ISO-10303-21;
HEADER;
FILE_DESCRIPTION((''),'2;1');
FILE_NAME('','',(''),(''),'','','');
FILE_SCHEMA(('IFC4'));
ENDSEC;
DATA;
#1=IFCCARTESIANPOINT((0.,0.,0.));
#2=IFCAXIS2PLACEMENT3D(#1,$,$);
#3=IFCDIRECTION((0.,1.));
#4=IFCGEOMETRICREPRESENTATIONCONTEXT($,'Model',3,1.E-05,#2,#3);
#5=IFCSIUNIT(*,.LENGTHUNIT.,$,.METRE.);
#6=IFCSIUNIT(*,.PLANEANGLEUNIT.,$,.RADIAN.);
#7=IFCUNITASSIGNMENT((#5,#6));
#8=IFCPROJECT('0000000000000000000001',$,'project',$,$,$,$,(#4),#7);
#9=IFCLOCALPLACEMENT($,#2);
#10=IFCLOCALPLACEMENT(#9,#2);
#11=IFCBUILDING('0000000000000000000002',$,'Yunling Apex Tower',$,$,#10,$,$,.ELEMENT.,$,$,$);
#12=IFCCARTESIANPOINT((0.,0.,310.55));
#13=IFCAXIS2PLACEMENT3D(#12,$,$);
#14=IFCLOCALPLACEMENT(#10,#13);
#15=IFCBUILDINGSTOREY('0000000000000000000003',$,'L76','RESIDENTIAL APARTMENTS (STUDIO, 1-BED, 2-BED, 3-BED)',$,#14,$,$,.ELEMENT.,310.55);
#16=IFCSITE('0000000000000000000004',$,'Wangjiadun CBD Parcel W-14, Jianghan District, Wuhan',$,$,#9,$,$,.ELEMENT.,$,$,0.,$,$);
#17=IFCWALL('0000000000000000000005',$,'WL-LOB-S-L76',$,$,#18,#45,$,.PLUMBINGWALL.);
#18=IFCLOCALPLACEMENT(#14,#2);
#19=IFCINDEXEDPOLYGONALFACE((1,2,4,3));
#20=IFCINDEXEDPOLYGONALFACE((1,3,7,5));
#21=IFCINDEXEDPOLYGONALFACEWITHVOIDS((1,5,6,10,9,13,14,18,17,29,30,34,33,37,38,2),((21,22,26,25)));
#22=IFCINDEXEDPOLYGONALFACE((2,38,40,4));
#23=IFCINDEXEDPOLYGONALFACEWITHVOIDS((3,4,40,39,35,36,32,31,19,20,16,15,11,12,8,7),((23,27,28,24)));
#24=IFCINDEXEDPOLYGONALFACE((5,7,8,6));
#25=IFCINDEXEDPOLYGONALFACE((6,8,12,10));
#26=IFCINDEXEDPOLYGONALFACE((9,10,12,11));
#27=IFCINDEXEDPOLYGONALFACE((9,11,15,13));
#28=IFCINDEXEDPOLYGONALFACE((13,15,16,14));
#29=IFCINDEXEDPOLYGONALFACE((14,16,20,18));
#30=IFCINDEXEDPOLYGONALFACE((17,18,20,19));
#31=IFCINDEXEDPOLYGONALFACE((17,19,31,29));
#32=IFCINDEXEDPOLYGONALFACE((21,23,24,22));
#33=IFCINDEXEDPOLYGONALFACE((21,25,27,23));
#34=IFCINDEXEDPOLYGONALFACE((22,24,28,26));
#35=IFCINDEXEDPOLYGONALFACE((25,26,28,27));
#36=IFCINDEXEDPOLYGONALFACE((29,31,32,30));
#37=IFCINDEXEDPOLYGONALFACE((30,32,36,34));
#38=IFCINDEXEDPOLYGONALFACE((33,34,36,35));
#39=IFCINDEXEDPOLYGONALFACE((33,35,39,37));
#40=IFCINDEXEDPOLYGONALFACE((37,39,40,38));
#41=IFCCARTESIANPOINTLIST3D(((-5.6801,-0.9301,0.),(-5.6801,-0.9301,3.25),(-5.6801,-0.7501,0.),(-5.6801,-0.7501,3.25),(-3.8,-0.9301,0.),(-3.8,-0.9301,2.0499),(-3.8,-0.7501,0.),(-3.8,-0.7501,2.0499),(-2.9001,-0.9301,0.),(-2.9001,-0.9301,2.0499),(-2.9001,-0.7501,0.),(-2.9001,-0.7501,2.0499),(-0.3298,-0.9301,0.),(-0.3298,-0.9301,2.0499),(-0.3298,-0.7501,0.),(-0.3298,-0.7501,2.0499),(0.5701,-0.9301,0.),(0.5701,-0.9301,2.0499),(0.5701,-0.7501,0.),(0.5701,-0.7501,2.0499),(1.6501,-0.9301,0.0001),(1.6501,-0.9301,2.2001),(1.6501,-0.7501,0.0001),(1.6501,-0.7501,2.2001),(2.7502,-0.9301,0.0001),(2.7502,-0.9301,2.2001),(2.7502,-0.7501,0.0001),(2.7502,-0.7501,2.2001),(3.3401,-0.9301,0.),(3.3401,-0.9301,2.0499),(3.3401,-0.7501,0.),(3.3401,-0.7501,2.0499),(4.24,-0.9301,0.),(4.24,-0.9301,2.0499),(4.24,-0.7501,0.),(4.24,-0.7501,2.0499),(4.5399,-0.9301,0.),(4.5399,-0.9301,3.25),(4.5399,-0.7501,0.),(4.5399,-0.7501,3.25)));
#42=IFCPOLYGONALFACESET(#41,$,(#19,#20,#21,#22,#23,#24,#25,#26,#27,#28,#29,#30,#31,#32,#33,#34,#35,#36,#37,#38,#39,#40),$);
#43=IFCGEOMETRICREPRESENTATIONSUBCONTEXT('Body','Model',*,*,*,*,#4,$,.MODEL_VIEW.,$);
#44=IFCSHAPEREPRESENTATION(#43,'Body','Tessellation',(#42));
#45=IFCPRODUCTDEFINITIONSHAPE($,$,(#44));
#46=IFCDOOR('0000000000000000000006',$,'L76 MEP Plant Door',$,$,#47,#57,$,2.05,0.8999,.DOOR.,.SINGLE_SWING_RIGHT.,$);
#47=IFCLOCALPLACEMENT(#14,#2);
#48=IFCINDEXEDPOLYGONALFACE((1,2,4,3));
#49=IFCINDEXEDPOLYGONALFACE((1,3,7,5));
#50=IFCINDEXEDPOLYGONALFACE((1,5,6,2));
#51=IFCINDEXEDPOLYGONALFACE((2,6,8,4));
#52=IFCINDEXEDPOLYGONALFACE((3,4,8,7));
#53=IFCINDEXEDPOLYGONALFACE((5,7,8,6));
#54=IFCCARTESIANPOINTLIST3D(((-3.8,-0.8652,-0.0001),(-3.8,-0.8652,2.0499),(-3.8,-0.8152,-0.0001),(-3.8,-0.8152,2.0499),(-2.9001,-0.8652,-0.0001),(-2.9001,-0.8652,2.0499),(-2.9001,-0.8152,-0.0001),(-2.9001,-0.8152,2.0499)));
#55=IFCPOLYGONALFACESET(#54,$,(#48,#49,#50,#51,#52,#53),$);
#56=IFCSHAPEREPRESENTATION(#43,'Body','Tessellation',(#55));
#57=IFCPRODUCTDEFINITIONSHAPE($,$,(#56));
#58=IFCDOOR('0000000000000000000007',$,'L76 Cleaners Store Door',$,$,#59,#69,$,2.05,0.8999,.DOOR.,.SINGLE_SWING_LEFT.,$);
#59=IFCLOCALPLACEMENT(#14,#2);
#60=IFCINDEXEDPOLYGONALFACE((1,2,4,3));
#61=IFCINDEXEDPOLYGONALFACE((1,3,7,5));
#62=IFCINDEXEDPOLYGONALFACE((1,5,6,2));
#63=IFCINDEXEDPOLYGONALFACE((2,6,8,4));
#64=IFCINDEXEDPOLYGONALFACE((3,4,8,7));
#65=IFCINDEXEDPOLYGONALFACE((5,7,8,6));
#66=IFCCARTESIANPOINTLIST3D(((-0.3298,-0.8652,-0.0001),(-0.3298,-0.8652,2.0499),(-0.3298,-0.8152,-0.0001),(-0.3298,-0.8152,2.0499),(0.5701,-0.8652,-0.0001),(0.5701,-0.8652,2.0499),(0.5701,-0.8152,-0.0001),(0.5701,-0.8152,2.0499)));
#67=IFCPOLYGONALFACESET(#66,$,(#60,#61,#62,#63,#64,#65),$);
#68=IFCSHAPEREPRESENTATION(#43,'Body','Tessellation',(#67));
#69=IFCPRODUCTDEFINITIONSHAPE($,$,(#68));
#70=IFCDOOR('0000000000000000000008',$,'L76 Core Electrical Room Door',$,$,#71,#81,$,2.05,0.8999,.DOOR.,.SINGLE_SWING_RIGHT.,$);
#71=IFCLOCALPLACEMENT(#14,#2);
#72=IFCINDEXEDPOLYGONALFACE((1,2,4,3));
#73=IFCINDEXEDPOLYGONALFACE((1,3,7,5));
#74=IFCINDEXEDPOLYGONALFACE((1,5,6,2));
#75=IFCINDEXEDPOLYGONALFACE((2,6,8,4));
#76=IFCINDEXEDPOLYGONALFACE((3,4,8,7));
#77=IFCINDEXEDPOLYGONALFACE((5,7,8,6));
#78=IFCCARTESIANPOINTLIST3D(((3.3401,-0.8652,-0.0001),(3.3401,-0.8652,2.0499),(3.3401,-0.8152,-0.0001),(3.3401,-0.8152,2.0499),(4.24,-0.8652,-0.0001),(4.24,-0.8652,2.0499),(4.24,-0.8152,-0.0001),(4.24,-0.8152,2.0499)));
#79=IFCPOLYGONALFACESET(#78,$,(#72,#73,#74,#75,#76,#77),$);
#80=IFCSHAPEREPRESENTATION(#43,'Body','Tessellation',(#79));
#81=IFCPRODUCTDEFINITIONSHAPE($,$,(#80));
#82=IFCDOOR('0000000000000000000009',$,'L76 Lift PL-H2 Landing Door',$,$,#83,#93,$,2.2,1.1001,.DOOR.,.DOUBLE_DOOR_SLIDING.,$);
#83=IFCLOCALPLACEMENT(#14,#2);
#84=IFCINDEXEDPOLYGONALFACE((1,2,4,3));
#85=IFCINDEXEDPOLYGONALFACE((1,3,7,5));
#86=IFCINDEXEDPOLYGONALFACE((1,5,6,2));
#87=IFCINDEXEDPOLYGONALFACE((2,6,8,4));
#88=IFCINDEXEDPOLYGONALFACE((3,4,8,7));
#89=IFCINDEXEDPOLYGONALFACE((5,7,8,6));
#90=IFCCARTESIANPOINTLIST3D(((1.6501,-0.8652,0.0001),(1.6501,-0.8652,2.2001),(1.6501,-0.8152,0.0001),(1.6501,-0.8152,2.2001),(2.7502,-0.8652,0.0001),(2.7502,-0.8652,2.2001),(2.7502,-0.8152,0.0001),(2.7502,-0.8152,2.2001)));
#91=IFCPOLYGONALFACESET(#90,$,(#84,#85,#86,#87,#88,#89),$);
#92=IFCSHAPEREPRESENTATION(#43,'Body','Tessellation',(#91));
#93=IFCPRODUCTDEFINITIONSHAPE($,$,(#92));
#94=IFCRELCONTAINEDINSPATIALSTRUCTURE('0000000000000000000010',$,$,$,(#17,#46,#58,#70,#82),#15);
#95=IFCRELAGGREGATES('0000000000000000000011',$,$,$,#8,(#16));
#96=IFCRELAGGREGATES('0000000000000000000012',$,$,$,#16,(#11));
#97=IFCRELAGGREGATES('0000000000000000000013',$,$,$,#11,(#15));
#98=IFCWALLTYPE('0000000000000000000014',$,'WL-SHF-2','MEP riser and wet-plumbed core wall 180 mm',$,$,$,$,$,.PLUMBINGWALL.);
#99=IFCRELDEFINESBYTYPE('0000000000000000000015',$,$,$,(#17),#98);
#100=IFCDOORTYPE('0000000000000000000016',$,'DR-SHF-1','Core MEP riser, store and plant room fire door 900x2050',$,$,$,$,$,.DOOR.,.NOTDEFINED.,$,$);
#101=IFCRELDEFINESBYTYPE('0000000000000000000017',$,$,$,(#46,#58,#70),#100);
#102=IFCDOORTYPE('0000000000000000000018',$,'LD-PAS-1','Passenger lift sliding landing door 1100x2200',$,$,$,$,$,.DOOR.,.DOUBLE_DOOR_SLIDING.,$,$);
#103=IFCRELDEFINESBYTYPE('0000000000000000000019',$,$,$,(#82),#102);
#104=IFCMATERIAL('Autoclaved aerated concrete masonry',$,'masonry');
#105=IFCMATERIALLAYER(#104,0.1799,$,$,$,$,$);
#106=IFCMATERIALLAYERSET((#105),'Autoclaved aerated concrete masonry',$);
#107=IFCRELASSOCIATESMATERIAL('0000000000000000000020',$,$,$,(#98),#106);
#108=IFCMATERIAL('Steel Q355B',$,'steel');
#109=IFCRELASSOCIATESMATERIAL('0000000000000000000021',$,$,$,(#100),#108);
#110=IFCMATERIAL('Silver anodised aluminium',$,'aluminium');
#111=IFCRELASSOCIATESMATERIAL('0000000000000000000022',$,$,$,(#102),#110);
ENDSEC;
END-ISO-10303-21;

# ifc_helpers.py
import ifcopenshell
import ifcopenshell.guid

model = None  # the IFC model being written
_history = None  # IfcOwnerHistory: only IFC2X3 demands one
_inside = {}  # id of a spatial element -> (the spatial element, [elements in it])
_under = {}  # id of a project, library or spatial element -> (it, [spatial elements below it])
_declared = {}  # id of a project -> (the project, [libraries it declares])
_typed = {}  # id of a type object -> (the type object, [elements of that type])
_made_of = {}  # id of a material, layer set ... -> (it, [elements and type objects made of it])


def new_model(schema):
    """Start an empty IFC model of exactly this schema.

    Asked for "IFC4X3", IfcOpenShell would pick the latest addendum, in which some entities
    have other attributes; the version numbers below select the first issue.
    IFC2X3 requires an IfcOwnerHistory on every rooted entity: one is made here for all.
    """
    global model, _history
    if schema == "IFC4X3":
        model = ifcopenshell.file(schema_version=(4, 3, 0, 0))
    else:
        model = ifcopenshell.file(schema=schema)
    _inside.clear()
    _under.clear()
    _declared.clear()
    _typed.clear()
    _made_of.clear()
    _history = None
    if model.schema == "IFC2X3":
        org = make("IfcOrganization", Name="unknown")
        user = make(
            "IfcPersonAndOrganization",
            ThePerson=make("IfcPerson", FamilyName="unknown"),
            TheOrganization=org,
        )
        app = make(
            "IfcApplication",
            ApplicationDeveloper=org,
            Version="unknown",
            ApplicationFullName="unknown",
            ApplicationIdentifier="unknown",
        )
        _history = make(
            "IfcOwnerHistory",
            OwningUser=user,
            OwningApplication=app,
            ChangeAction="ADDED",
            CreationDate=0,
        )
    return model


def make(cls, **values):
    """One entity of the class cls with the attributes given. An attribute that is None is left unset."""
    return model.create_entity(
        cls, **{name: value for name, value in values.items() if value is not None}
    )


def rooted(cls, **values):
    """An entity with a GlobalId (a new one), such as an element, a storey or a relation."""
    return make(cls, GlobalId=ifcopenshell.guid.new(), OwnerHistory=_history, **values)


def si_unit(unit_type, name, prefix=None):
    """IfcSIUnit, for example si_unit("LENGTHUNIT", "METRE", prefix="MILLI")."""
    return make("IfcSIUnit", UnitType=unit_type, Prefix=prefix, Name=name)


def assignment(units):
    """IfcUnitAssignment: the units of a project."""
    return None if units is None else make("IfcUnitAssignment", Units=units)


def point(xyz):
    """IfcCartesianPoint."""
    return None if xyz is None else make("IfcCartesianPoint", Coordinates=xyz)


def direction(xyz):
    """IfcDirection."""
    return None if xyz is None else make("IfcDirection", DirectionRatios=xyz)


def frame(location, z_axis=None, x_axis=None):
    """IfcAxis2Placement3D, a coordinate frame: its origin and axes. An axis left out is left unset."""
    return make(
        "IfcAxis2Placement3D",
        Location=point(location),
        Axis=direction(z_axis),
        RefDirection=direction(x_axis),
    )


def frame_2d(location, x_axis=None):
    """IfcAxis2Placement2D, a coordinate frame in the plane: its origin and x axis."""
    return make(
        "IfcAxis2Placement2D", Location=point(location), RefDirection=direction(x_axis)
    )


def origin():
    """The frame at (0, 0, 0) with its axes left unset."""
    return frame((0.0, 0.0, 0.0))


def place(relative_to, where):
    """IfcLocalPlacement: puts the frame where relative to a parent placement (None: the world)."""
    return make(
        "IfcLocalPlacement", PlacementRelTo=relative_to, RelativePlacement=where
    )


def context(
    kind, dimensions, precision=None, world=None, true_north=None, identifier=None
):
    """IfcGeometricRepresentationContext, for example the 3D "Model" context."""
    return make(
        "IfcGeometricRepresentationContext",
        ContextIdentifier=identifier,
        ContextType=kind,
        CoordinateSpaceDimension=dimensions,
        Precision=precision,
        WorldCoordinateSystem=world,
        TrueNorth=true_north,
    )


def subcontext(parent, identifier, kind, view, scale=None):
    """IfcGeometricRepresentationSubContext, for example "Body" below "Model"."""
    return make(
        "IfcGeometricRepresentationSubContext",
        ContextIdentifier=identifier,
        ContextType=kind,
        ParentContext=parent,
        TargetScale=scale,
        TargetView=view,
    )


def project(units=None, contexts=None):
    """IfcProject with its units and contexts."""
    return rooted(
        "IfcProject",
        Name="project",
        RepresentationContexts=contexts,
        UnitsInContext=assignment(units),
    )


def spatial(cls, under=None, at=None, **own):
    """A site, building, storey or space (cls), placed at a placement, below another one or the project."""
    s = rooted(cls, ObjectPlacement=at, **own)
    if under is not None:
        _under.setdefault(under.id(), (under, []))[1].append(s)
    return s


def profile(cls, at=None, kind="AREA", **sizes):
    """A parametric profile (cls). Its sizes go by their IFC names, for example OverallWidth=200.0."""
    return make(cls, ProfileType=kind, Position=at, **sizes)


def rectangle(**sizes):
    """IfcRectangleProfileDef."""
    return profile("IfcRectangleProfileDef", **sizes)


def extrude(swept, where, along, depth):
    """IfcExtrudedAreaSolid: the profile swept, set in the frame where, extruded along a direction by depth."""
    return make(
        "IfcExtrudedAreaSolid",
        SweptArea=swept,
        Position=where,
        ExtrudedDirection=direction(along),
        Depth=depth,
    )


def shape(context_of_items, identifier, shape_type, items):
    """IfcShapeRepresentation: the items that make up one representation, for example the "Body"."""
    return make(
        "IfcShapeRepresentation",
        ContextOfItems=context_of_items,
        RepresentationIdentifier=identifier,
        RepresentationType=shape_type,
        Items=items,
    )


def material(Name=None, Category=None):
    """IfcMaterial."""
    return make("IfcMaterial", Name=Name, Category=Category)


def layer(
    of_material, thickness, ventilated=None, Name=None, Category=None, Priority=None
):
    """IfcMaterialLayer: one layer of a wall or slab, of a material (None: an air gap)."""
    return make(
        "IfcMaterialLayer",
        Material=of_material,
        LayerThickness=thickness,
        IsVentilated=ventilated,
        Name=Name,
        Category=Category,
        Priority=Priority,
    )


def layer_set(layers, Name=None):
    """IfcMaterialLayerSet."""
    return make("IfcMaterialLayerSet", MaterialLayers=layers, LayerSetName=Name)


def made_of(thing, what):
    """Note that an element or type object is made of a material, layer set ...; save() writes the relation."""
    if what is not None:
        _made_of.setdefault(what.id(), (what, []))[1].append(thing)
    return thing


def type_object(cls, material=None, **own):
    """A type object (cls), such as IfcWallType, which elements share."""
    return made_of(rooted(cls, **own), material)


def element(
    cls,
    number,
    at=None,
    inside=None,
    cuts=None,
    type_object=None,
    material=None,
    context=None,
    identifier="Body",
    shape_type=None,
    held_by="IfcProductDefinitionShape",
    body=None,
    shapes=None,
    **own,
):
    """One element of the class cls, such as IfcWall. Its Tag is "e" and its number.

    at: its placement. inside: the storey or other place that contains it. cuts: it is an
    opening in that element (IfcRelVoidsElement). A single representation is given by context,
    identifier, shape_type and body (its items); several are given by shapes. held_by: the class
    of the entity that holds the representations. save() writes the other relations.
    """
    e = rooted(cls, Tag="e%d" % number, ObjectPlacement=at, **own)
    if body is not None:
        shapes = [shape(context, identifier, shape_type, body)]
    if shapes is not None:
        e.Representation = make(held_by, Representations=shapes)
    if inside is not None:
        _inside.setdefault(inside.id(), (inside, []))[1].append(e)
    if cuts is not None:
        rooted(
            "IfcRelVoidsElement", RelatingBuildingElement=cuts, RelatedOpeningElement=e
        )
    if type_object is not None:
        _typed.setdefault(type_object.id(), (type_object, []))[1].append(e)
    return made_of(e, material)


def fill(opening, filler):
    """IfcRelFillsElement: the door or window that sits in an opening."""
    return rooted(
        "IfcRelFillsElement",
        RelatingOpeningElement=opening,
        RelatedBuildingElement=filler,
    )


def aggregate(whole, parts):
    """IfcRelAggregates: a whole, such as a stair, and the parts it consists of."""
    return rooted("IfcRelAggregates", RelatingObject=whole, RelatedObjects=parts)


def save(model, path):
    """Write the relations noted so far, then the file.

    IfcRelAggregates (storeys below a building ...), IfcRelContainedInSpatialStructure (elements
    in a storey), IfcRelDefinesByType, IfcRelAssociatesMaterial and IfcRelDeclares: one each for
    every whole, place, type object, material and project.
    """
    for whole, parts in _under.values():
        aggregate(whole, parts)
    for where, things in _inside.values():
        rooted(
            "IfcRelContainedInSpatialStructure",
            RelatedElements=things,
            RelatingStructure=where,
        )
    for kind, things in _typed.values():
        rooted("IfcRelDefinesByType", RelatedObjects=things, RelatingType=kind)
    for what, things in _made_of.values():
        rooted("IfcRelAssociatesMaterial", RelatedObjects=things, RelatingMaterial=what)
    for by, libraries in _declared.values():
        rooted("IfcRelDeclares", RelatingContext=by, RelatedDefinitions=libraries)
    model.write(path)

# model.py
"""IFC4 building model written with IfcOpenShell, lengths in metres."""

from ifc_helpers import new_model, si_unit, direction, frame, frame_2d, origin, place, context, subcontext, project, spatial, rectangle, extrude, material, layer, layer_set, type_object, element, fill, save


model = new_model("IFC4")

# Units and contexts
model_context = context("Model", 3, precision=1e-05, world=origin(), true_north=direction((0.0, 1.0)))
body_context = subcontext(model_context, "Body", "Model", "MODEL_VIEW")
ifc_project = project(units=[si_unit("LENGTHUNIT", "METRE"), si_unit("PLANEANGLEUNIT", "RADIAN")], contexts=[model_context])

# Site, building, storey
site_placement = place(None, origin())
site = spatial("IfcSite", under=ifc_project, at=site_placement, Name="Wangjiadun CBD Parcel W-14, Jianghan District, Wuhan", CompositionType="ELEMENT", RefElevation=0.0)
building_placement = place(site_placement, origin())
building = spatial("IfcBuilding", under=site, at=building_placement, Name="Yunling Apex Tower", CompositionType="ELEMENT")
storey_placement = place(building_placement, frame((0.0, 0.0, 310.55)))
storey = spatial("IfcBuildingStorey", under=building, at=storey_placement, Name="L76", Description="RESIDENTIAL APARTMENTS (STUDIO, 1-BED, 2-BED, 3-BED)", CompositionType="ELEMENT", Elevation=310.55)

# Shared definitions
ifc_material_1 = material(Name="Steel Q355B", Category="steel")

# Shared definitions
ifc_material_2 = material(Name="Autoclaved aerated concrete masonry", Category="masonry")

# Wall, openings, doors
ifc_layer_1 = layer(ifc_material_2, 0.1799)
ifc_layer_set_1 = layer_set([ifc_layer_1], Name="Autoclaved aerated concrete masonry")
wall_type_1 = type_object("IfcWallType", Name="WL-SHF-2", Description="MEP riser and wet-plumbed core wall 180 mm", PredefinedType="PLUMBINGWALL", material=ifc_layer_set_1)
wall_1_placement = place(storey_placement, frame((-5.6799, -0.8401, 0.0), z_axis=(0.0, 0.0, 1.0), x_axis=(1.0, 0.0, 0.0)))
wall_1 = element("IfcWall", 1, at=wall_1_placement, inside=storey, type_object=wall_type_1, Name="WL-LOB-S-L76", PredefinedType="PLUMBINGWALL", context=body_context, shape_type="SweptSolid", body=[
    extrude(rectangle(XDim=10.22, YDim=0.1799, at=frame_2d((5.1099, 0.0))), origin(), (0.0, 0.0, 1.0), 3.25),
])
opening_1_placement = place(wall_1_placement, frame((1.8799, 0.0, 0.0)))
opening_1 = element("IfcOpeningElement", 2, at=opening_1_placement, cuts=wall_1, PredefinedType="OPENING", context=body_context, shape_type="SweptSolid", body=[
    extrude(rectangle(XDim=0.8999, YDim=2.05, at=frame_2d((0.45, 1.0249))), frame((0.0, 0.1001, 0.0), z_axis=(0.0, -1.0, 0.0), x_axis=(1.0, 0.0, 0.0)), (0.0, 0.0, 1.0), 0.2),
])
opening_2_placement = place(wall_1_placement, frame((5.3501, 0.0, 0.0)))
opening_2 = element("IfcOpeningElement", 3, at=opening_2_placement, cuts=wall_1, PredefinedType="OPENING", context=body_context, shape_type="SweptSolid", body=[
    extrude(rectangle(XDim=0.8999, YDim=2.05, at=frame_2d((0.45, 1.0249))), frame((0.0, 0.1001, 0.0), z_axis=(0.0, -1.0, 0.0), x_axis=(1.0, 0.0, 0.0)), (0.0, 0.0, 1.0), 0.2),
])
opening_3_placement = place(wall_1_placement, frame((7.3301, 0.0, 0.0)))
opening_3 = element("IfcOpeningElement", 4, at=opening_3_placement, cuts=wall_1, PredefinedType="OPENING", context=body_context, shape_type="SweptSolid", body=[
    extrude(rectangle(XDim=1.1001, YDim=2.2, at=frame_2d((0.55, 1.1001))), frame((0.0, 0.1001, 0.0), z_axis=(0.0, -1.0, 0.0), x_axis=(1.0, 0.0, 0.0)), (0.0, 0.0, 1.0), 0.2),
])
opening_4_placement = place(wall_1_placement, frame((9.02, 0.0, 0.0)))
opening_4 = element("IfcOpeningElement", 5, at=opening_4_placement, cuts=wall_1, PredefinedType="OPENING", context=body_context, shape_type="SweptSolid", body=[
    extrude(rectangle(XDim=0.8999, YDim=2.05, at=frame_2d((0.45, 1.0249))), frame((0.0, 0.1001, 0.0), z_axis=(0.0, -1.0, 0.0), x_axis=(1.0, 0.0, 0.0)), (0.0, 0.0, 1.0), 0.2),
])
door_type_1 = type_object("IfcDoorType", Name="DR-SHF-1", Description="Core MEP riser, store and plant room fire door 900x2050", OperationType="NOTDEFINED", PredefinedType="DOOR", material=ifc_material_1)
door_1_placement = place(opening_1_placement, origin())
door_1 = element("IfcDoor", 6, at=door_1_placement, inside=storey, type_object=door_type_1, Name="L76 MEP Plant Door", OperationType="SINGLE_SWING_RIGHT", OverallHeight=2.05, OverallWidth=0.8999, PredefinedType="DOOR", context=body_context, shape_type="SweptSolid", body=[
    extrude(rectangle(XDim=0.8999, YDim=2.05, at=frame_2d((0.45, 1.0249))), frame((0.0, 0.0249, 0.0), z_axis=(0.0, -1.0, 0.0), x_axis=(1.0, 0.0, 0.0)), (0.0, 0.0, 1.0), 0.05),
])
fill(opening_1, door_1)
door_2_placement = place(opening_2_placement, origin())
door_2 = element("IfcDoor", 7, at=door_2_placement, inside=storey, type_object=door_type_1, Name="L76 Cleaners Store Door", OperationType="SINGLE_SWING_LEFT", OverallHeight=2.05, OverallWidth=0.8999, PredefinedType="DOOR", context=body_context, shape_type="SweptSolid", body=[
    extrude(rectangle(XDim=0.8999, YDim=2.05, at=frame_2d((0.45, 1.0249))), frame((0.0, 0.0249, 0.0), z_axis=(0.0, -1.0, 0.0), x_axis=(1.0, 0.0, 0.0)), (0.0, 0.0, 1.0), 0.05),
])
fill(opening_2, door_2)
door_3_placement = place(opening_4_placement, origin())
door_3 = element("IfcDoor", 8, at=door_3_placement, inside=storey, type_object=door_type_1, Name="L76 Core Electrical Room Door", OperationType="SINGLE_SWING_RIGHT", OverallHeight=2.05, OverallWidth=0.8999, PredefinedType="DOOR", context=body_context, shape_type="SweptSolid", body=[
    extrude(rectangle(XDim=0.8999, YDim=2.05, at=frame_2d((0.45, 1.0249))), frame((0.0, 0.0249, 0.0), z_axis=(0.0, -1.0, 0.0), x_axis=(1.0, 0.0, 0.0)), (0.0, 0.0, 1.0), 0.05),
])
fill(opening_4, door_3)
ifc_material_3 = material(Name="Silver anodised aluminium", Category="aluminium")
door_type_2 = type_object("IfcDoorType", Name="LD-PAS-1", Description="Passenger lift sliding landing door 1100x2200", OperationType="DOUBLE_DOOR_SLIDING", PredefinedType="DOOR", material=ifc_material_3)
door_4_placement = place(opening_3_placement, origin())
door_4 = element("IfcDoor", 9, at=door_4_placement, inside=storey, type_object=door_type_2, Name="L76 Lift PL-H2 Landing Door", OperationType="DOUBLE_DOOR_SLIDING", OverallHeight=2.2, OverallWidth=1.1001, PredefinedType="DOOR", context=body_context, shape_type="SweptSolid", body=[
    extrude(rectangle(XDim=1.1001, YDim=2.2, at=frame_2d((0.55, 1.1001))), frame((0.0, 0.0249, 0.0), z_axis=(0.0, -1.0, 0.0), x_axis=(1.0, 0.0, 0.0)), (0.0, 0.0, 1.0), 0.05),
])
fill(opening_3, door_4)

save(model, "model.ifc")
